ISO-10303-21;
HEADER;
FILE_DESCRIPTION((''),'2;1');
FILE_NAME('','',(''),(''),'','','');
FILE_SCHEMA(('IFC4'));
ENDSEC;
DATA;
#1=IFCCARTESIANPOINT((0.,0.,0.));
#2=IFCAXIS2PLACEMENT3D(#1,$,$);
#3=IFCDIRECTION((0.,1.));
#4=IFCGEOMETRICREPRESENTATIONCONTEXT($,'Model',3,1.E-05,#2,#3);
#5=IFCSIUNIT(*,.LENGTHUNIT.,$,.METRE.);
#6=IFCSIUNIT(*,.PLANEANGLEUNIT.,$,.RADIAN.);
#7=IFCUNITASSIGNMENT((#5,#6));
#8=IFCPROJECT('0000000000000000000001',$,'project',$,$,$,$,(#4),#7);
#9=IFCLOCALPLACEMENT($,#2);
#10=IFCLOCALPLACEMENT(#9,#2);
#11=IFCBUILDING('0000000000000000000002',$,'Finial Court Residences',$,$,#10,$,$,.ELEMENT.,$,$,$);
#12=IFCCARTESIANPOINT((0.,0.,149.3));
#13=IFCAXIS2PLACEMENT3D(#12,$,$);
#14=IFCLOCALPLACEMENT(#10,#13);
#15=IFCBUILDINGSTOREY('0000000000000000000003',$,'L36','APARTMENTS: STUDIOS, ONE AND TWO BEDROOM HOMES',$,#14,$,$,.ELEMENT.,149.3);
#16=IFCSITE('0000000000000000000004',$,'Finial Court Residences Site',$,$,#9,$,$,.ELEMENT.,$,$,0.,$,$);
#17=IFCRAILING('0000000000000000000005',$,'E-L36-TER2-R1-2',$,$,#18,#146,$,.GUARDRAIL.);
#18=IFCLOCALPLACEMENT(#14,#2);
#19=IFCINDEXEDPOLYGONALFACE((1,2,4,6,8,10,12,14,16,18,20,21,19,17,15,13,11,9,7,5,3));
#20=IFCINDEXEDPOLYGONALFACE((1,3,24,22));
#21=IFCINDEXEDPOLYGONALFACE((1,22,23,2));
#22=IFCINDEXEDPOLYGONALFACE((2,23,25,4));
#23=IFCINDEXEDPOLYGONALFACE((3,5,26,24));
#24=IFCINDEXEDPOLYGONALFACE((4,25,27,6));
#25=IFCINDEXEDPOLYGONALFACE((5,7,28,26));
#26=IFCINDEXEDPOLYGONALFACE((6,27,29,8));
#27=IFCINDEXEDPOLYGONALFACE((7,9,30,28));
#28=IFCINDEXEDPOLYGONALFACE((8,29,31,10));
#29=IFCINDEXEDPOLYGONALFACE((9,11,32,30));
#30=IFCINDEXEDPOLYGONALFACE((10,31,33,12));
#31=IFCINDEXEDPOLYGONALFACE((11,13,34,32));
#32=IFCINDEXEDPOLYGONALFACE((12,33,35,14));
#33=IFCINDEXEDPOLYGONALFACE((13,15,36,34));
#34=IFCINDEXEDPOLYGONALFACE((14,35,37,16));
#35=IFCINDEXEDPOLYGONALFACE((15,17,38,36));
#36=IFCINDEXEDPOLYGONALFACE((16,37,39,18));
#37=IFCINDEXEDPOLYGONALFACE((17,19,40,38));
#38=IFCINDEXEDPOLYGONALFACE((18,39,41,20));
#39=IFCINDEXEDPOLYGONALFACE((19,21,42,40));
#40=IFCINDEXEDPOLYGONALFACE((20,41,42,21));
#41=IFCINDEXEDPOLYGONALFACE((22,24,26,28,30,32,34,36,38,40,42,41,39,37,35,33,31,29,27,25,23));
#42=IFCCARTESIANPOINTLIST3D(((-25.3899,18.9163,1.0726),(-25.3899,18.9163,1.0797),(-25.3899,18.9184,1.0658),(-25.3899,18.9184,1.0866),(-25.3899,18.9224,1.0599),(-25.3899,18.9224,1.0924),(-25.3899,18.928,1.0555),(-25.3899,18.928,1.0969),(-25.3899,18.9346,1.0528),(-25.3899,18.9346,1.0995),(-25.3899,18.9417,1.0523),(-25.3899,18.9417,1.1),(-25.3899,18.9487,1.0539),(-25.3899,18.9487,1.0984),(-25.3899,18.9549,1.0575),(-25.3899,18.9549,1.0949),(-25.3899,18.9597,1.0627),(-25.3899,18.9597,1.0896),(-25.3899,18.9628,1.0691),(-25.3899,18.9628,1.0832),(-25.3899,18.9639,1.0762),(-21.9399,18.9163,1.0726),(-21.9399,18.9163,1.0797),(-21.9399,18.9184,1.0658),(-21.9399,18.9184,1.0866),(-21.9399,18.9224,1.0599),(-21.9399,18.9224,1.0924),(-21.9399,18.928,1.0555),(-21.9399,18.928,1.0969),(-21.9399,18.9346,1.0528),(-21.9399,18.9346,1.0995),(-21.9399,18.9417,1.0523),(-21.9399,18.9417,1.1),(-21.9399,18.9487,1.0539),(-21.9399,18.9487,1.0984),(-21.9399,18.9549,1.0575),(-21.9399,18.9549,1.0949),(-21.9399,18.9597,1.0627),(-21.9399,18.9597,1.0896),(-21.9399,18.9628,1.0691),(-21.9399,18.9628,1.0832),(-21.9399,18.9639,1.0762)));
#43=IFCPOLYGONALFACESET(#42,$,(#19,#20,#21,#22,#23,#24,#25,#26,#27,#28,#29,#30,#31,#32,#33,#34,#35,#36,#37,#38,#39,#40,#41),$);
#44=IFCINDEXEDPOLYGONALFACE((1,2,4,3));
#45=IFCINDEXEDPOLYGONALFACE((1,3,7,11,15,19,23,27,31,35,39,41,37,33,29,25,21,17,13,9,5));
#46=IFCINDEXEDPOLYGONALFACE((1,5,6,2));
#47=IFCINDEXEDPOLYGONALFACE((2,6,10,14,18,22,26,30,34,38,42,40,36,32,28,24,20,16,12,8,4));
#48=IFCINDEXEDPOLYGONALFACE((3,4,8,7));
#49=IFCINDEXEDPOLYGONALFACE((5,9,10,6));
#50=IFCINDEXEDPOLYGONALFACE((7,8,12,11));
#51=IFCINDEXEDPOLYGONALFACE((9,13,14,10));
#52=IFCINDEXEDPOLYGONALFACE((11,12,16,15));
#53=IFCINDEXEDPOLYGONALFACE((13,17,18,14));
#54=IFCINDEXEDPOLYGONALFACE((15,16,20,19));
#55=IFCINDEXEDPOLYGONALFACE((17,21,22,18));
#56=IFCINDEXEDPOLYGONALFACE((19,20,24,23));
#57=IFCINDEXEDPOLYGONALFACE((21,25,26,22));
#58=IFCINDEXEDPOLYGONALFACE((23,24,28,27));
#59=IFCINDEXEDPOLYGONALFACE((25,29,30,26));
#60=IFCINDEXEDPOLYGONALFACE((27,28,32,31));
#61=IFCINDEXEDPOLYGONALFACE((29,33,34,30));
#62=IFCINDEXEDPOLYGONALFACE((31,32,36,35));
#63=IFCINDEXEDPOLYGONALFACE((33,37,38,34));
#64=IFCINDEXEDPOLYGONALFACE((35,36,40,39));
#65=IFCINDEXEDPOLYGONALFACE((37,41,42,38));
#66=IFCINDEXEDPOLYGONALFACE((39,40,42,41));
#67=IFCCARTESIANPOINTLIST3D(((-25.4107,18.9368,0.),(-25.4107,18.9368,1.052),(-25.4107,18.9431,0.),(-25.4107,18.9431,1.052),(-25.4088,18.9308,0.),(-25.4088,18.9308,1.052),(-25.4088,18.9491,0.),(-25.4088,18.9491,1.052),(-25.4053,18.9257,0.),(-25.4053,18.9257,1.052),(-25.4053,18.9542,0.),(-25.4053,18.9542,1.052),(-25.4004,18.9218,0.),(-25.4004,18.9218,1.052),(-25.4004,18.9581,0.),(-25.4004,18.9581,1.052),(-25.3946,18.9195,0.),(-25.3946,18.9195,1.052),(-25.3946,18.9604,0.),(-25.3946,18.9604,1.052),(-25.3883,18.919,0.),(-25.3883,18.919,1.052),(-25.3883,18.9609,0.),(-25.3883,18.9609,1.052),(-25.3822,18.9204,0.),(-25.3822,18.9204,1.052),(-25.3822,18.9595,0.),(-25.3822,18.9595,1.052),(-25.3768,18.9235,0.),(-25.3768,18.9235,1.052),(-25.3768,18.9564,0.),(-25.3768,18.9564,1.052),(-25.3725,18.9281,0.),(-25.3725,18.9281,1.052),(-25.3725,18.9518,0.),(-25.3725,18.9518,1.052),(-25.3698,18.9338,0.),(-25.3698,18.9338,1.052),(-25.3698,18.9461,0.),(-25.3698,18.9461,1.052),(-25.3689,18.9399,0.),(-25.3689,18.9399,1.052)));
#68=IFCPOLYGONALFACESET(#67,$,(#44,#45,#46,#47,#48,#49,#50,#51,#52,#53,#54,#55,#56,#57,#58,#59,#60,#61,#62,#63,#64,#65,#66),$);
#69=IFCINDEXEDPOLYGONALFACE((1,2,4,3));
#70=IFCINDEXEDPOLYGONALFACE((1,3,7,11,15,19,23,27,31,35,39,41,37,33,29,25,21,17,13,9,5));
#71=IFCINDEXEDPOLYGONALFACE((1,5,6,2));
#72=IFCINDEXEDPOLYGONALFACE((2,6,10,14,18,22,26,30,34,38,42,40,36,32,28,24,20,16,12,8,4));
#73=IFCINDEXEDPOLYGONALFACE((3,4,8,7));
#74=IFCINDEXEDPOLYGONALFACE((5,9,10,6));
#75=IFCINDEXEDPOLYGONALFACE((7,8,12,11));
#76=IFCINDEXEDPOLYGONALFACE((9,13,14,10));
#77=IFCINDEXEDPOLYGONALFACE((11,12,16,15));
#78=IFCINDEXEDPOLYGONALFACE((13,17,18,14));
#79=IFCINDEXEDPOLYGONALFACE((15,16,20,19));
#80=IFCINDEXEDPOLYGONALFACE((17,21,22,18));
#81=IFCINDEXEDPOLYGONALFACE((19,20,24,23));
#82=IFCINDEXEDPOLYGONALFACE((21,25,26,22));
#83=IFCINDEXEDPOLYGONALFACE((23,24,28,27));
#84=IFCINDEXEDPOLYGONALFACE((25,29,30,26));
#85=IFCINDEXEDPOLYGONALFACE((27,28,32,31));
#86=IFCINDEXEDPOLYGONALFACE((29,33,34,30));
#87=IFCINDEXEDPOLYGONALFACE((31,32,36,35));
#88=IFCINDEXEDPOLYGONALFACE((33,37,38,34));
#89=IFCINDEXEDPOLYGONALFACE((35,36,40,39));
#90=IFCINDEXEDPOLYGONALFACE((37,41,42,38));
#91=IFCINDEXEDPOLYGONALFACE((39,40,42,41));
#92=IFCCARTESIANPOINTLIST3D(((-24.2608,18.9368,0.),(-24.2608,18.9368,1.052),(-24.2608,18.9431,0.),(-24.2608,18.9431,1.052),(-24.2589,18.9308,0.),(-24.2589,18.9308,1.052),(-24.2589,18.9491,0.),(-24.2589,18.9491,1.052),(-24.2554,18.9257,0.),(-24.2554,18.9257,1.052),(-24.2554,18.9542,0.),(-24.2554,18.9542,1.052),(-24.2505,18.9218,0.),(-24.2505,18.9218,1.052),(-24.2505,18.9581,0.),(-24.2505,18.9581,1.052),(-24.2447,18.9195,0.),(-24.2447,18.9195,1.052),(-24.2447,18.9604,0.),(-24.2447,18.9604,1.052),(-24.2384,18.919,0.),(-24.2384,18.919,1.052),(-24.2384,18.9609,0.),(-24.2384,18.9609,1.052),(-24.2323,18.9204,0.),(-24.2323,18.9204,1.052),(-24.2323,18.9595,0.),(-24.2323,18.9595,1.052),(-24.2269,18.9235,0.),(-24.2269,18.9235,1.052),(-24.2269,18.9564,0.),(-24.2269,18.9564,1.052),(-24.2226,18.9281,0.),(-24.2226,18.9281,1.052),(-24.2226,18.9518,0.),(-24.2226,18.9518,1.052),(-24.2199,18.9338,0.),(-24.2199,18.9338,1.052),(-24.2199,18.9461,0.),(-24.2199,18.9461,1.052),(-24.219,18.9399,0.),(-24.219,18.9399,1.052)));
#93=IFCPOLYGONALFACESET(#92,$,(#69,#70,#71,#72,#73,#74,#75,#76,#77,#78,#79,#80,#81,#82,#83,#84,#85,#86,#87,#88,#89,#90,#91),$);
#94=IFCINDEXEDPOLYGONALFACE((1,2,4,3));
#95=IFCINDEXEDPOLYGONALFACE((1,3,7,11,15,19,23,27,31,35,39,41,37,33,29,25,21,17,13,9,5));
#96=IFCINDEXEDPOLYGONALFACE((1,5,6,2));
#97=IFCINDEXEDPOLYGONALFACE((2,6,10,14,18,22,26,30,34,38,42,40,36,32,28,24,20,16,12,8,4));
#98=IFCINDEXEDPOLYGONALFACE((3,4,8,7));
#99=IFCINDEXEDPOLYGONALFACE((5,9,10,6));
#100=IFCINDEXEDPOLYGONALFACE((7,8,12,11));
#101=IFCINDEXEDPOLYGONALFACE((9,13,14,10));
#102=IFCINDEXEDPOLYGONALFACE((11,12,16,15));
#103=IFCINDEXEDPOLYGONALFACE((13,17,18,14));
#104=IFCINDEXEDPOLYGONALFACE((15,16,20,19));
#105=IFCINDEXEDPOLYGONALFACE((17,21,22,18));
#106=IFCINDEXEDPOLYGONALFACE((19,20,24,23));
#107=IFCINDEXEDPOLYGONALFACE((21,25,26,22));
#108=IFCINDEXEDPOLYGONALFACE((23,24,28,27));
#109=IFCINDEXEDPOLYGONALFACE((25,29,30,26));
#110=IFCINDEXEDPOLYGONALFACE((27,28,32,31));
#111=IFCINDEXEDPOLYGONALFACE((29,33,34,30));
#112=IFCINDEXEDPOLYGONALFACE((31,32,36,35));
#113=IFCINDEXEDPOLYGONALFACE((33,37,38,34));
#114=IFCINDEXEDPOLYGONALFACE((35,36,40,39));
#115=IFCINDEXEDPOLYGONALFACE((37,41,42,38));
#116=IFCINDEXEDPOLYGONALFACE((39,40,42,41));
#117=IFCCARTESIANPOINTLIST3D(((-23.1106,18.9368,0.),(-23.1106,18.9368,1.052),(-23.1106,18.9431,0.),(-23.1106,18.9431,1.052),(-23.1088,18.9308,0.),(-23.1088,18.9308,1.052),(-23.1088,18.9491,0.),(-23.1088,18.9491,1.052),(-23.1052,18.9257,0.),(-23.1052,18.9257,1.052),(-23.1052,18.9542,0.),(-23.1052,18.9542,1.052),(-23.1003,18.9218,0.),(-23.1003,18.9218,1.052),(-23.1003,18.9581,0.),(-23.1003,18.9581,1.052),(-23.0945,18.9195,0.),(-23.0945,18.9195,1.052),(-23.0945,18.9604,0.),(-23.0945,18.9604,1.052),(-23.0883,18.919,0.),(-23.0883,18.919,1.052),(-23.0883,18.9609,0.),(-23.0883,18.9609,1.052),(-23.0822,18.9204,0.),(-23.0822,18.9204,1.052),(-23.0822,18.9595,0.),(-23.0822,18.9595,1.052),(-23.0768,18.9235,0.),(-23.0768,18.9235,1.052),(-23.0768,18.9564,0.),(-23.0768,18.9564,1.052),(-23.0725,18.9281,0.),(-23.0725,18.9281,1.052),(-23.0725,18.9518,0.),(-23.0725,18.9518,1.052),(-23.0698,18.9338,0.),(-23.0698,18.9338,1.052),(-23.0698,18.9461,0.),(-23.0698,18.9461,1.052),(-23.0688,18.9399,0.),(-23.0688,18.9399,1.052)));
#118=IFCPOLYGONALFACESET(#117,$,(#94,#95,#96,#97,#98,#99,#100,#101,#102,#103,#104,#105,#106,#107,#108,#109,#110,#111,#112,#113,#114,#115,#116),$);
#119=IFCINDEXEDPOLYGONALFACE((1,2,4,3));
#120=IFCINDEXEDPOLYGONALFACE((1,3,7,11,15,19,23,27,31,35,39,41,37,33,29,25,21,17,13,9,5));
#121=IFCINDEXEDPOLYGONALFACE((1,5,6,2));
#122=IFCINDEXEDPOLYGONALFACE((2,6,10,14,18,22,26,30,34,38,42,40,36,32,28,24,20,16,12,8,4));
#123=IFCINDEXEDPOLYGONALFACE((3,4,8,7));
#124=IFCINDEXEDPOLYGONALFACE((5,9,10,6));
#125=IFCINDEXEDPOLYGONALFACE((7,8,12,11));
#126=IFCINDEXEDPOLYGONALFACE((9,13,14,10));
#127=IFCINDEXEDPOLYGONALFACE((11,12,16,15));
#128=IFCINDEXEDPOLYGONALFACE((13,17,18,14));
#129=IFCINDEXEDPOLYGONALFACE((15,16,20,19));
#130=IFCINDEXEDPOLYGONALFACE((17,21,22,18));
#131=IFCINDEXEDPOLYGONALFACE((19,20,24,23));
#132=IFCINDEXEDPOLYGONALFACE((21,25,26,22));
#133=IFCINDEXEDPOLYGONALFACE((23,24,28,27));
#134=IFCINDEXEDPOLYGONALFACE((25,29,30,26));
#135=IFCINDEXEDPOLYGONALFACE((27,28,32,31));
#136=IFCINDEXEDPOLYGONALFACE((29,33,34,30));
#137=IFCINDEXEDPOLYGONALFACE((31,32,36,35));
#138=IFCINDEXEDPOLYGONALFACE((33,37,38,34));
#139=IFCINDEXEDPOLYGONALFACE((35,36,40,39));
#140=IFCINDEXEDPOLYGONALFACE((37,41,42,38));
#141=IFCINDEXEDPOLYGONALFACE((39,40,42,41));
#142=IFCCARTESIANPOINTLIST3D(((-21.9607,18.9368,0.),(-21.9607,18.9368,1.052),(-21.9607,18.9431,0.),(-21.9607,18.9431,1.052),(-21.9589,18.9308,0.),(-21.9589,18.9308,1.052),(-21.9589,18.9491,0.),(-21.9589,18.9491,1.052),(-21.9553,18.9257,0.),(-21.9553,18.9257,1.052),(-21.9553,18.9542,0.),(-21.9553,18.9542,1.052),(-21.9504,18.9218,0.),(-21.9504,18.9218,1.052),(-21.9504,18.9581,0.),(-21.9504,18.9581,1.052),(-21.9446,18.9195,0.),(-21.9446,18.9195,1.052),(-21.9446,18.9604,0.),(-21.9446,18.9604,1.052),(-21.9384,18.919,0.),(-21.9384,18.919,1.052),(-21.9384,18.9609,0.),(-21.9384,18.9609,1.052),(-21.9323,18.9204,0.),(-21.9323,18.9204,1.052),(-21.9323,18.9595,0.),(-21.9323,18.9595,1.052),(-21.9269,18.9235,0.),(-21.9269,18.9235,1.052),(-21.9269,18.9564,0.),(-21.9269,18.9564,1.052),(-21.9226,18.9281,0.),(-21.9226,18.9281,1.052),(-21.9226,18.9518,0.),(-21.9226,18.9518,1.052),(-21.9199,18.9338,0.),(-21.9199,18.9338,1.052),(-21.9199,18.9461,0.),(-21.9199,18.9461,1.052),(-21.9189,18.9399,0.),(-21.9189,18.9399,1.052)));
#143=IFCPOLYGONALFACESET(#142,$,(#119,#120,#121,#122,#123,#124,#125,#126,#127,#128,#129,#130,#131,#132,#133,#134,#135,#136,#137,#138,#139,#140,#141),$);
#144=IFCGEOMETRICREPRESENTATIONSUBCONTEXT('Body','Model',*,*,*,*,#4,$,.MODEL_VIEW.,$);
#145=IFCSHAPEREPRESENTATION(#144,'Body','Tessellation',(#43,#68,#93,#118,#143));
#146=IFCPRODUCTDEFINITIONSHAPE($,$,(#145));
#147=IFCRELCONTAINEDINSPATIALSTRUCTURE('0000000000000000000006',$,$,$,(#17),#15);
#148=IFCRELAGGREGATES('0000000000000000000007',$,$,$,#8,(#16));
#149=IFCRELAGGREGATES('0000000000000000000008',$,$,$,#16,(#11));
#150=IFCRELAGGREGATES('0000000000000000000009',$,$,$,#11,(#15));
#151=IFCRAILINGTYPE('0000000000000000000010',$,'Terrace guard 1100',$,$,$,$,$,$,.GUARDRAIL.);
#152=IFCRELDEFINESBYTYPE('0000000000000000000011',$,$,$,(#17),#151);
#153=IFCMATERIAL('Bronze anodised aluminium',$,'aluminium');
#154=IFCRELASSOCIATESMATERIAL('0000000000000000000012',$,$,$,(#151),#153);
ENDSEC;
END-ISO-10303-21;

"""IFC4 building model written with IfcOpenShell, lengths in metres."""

from ifc_helpers import new_model, si_unit, direction, frame, origin, origin_2d, place, context, subcontext, project, spatial, circle, extrude, material, type_object, element, save


model = new_model("IFC4")

# Units and contexts
model_context = context("Model", 3, precision=1e-05, world=origin(), true_north=direction((0.0, 1.0)))
body_context = subcontext(model_context, "Body", "Model", "MODEL_VIEW")
ifc_project = project(units=[si_unit("LENGTHUNIT", "METRE"), si_unit("PLANEANGLEUNIT", "RADIAN")], contexts=[model_context])

# Site, building, storey
site_placement = place(None, origin())
site = spatial("IfcSite", under=ifc_project, at=site_placement, Name="Finial Court Residences Site", CompositionType="ELEMENT", RefElevation=0.0)
building_placement = place(site_placement, origin())
building = spatial("IfcBuilding", under=site, at=building_placement, Name="Finial Court Residences", CompositionType="ELEMENT")
storey_placement = place(building_placement, frame((0.0, 0.0, 149.3)))
storey = spatial("IfcBuildingStorey", under=building, at=storey_placement, Name="L36", Description="APARTMENTS: STUDIOS, ONE AND TWO BEDROOM HOMES", CompositionType="ELEMENT", Elevation=149.3)

# Shared definitions
ifc_material_1 = material(Name="Bronze anodised aluminium", Category="aluminium")

# Railing
railing_type = type_object("IfcRailingType", Name="Terrace guard 1100", PredefinedType="GUARDRAIL", material=ifc_material_1)
railing_1_placement = place(storey_placement, frame((-25.3899, 18.9399, 0.0)))
element("IfcRailing", 1, at=railing_1_placement, inside=storey, type_object=railing_type, Name="E-L36-TER2-R1-2", PredefinedType="GUARDRAIL", context=body_context, shape_type="SweptSolid", body=[
    extrude(circle(Radius=0.0239, at=origin_2d()), frame((0.0, 0.0, 1.0762), z_axis=(1.0, 0.0, 0.0), x_axis=(0.0, 1.0, 0.0)), (0.0, 0.0, 1.0), 3.45),
    extrude(circle(Radius=0.021, at=origin_2d()), origin(), (0.0, 0.0, 1.0), 1.052),
    extrude(circle(Radius=0.021, at=origin_2d()), frame((1.1499, 0.0, 0.0)), (0.0, 0.0, 1.0), 1.052),
    extrude(circle(Radius=0.021, at=origin_2d()), frame((2.3, 0.0, 0.0)), (0.0, 0.0, 1.0), 1.052),
    extrude(circle(Radius=0.021, at=origin_2d()), frame((3.45, 0.0, 0.0)), (0.0, 0.0, 1.0), 1.052),
])

save(model, "model.ifc")
